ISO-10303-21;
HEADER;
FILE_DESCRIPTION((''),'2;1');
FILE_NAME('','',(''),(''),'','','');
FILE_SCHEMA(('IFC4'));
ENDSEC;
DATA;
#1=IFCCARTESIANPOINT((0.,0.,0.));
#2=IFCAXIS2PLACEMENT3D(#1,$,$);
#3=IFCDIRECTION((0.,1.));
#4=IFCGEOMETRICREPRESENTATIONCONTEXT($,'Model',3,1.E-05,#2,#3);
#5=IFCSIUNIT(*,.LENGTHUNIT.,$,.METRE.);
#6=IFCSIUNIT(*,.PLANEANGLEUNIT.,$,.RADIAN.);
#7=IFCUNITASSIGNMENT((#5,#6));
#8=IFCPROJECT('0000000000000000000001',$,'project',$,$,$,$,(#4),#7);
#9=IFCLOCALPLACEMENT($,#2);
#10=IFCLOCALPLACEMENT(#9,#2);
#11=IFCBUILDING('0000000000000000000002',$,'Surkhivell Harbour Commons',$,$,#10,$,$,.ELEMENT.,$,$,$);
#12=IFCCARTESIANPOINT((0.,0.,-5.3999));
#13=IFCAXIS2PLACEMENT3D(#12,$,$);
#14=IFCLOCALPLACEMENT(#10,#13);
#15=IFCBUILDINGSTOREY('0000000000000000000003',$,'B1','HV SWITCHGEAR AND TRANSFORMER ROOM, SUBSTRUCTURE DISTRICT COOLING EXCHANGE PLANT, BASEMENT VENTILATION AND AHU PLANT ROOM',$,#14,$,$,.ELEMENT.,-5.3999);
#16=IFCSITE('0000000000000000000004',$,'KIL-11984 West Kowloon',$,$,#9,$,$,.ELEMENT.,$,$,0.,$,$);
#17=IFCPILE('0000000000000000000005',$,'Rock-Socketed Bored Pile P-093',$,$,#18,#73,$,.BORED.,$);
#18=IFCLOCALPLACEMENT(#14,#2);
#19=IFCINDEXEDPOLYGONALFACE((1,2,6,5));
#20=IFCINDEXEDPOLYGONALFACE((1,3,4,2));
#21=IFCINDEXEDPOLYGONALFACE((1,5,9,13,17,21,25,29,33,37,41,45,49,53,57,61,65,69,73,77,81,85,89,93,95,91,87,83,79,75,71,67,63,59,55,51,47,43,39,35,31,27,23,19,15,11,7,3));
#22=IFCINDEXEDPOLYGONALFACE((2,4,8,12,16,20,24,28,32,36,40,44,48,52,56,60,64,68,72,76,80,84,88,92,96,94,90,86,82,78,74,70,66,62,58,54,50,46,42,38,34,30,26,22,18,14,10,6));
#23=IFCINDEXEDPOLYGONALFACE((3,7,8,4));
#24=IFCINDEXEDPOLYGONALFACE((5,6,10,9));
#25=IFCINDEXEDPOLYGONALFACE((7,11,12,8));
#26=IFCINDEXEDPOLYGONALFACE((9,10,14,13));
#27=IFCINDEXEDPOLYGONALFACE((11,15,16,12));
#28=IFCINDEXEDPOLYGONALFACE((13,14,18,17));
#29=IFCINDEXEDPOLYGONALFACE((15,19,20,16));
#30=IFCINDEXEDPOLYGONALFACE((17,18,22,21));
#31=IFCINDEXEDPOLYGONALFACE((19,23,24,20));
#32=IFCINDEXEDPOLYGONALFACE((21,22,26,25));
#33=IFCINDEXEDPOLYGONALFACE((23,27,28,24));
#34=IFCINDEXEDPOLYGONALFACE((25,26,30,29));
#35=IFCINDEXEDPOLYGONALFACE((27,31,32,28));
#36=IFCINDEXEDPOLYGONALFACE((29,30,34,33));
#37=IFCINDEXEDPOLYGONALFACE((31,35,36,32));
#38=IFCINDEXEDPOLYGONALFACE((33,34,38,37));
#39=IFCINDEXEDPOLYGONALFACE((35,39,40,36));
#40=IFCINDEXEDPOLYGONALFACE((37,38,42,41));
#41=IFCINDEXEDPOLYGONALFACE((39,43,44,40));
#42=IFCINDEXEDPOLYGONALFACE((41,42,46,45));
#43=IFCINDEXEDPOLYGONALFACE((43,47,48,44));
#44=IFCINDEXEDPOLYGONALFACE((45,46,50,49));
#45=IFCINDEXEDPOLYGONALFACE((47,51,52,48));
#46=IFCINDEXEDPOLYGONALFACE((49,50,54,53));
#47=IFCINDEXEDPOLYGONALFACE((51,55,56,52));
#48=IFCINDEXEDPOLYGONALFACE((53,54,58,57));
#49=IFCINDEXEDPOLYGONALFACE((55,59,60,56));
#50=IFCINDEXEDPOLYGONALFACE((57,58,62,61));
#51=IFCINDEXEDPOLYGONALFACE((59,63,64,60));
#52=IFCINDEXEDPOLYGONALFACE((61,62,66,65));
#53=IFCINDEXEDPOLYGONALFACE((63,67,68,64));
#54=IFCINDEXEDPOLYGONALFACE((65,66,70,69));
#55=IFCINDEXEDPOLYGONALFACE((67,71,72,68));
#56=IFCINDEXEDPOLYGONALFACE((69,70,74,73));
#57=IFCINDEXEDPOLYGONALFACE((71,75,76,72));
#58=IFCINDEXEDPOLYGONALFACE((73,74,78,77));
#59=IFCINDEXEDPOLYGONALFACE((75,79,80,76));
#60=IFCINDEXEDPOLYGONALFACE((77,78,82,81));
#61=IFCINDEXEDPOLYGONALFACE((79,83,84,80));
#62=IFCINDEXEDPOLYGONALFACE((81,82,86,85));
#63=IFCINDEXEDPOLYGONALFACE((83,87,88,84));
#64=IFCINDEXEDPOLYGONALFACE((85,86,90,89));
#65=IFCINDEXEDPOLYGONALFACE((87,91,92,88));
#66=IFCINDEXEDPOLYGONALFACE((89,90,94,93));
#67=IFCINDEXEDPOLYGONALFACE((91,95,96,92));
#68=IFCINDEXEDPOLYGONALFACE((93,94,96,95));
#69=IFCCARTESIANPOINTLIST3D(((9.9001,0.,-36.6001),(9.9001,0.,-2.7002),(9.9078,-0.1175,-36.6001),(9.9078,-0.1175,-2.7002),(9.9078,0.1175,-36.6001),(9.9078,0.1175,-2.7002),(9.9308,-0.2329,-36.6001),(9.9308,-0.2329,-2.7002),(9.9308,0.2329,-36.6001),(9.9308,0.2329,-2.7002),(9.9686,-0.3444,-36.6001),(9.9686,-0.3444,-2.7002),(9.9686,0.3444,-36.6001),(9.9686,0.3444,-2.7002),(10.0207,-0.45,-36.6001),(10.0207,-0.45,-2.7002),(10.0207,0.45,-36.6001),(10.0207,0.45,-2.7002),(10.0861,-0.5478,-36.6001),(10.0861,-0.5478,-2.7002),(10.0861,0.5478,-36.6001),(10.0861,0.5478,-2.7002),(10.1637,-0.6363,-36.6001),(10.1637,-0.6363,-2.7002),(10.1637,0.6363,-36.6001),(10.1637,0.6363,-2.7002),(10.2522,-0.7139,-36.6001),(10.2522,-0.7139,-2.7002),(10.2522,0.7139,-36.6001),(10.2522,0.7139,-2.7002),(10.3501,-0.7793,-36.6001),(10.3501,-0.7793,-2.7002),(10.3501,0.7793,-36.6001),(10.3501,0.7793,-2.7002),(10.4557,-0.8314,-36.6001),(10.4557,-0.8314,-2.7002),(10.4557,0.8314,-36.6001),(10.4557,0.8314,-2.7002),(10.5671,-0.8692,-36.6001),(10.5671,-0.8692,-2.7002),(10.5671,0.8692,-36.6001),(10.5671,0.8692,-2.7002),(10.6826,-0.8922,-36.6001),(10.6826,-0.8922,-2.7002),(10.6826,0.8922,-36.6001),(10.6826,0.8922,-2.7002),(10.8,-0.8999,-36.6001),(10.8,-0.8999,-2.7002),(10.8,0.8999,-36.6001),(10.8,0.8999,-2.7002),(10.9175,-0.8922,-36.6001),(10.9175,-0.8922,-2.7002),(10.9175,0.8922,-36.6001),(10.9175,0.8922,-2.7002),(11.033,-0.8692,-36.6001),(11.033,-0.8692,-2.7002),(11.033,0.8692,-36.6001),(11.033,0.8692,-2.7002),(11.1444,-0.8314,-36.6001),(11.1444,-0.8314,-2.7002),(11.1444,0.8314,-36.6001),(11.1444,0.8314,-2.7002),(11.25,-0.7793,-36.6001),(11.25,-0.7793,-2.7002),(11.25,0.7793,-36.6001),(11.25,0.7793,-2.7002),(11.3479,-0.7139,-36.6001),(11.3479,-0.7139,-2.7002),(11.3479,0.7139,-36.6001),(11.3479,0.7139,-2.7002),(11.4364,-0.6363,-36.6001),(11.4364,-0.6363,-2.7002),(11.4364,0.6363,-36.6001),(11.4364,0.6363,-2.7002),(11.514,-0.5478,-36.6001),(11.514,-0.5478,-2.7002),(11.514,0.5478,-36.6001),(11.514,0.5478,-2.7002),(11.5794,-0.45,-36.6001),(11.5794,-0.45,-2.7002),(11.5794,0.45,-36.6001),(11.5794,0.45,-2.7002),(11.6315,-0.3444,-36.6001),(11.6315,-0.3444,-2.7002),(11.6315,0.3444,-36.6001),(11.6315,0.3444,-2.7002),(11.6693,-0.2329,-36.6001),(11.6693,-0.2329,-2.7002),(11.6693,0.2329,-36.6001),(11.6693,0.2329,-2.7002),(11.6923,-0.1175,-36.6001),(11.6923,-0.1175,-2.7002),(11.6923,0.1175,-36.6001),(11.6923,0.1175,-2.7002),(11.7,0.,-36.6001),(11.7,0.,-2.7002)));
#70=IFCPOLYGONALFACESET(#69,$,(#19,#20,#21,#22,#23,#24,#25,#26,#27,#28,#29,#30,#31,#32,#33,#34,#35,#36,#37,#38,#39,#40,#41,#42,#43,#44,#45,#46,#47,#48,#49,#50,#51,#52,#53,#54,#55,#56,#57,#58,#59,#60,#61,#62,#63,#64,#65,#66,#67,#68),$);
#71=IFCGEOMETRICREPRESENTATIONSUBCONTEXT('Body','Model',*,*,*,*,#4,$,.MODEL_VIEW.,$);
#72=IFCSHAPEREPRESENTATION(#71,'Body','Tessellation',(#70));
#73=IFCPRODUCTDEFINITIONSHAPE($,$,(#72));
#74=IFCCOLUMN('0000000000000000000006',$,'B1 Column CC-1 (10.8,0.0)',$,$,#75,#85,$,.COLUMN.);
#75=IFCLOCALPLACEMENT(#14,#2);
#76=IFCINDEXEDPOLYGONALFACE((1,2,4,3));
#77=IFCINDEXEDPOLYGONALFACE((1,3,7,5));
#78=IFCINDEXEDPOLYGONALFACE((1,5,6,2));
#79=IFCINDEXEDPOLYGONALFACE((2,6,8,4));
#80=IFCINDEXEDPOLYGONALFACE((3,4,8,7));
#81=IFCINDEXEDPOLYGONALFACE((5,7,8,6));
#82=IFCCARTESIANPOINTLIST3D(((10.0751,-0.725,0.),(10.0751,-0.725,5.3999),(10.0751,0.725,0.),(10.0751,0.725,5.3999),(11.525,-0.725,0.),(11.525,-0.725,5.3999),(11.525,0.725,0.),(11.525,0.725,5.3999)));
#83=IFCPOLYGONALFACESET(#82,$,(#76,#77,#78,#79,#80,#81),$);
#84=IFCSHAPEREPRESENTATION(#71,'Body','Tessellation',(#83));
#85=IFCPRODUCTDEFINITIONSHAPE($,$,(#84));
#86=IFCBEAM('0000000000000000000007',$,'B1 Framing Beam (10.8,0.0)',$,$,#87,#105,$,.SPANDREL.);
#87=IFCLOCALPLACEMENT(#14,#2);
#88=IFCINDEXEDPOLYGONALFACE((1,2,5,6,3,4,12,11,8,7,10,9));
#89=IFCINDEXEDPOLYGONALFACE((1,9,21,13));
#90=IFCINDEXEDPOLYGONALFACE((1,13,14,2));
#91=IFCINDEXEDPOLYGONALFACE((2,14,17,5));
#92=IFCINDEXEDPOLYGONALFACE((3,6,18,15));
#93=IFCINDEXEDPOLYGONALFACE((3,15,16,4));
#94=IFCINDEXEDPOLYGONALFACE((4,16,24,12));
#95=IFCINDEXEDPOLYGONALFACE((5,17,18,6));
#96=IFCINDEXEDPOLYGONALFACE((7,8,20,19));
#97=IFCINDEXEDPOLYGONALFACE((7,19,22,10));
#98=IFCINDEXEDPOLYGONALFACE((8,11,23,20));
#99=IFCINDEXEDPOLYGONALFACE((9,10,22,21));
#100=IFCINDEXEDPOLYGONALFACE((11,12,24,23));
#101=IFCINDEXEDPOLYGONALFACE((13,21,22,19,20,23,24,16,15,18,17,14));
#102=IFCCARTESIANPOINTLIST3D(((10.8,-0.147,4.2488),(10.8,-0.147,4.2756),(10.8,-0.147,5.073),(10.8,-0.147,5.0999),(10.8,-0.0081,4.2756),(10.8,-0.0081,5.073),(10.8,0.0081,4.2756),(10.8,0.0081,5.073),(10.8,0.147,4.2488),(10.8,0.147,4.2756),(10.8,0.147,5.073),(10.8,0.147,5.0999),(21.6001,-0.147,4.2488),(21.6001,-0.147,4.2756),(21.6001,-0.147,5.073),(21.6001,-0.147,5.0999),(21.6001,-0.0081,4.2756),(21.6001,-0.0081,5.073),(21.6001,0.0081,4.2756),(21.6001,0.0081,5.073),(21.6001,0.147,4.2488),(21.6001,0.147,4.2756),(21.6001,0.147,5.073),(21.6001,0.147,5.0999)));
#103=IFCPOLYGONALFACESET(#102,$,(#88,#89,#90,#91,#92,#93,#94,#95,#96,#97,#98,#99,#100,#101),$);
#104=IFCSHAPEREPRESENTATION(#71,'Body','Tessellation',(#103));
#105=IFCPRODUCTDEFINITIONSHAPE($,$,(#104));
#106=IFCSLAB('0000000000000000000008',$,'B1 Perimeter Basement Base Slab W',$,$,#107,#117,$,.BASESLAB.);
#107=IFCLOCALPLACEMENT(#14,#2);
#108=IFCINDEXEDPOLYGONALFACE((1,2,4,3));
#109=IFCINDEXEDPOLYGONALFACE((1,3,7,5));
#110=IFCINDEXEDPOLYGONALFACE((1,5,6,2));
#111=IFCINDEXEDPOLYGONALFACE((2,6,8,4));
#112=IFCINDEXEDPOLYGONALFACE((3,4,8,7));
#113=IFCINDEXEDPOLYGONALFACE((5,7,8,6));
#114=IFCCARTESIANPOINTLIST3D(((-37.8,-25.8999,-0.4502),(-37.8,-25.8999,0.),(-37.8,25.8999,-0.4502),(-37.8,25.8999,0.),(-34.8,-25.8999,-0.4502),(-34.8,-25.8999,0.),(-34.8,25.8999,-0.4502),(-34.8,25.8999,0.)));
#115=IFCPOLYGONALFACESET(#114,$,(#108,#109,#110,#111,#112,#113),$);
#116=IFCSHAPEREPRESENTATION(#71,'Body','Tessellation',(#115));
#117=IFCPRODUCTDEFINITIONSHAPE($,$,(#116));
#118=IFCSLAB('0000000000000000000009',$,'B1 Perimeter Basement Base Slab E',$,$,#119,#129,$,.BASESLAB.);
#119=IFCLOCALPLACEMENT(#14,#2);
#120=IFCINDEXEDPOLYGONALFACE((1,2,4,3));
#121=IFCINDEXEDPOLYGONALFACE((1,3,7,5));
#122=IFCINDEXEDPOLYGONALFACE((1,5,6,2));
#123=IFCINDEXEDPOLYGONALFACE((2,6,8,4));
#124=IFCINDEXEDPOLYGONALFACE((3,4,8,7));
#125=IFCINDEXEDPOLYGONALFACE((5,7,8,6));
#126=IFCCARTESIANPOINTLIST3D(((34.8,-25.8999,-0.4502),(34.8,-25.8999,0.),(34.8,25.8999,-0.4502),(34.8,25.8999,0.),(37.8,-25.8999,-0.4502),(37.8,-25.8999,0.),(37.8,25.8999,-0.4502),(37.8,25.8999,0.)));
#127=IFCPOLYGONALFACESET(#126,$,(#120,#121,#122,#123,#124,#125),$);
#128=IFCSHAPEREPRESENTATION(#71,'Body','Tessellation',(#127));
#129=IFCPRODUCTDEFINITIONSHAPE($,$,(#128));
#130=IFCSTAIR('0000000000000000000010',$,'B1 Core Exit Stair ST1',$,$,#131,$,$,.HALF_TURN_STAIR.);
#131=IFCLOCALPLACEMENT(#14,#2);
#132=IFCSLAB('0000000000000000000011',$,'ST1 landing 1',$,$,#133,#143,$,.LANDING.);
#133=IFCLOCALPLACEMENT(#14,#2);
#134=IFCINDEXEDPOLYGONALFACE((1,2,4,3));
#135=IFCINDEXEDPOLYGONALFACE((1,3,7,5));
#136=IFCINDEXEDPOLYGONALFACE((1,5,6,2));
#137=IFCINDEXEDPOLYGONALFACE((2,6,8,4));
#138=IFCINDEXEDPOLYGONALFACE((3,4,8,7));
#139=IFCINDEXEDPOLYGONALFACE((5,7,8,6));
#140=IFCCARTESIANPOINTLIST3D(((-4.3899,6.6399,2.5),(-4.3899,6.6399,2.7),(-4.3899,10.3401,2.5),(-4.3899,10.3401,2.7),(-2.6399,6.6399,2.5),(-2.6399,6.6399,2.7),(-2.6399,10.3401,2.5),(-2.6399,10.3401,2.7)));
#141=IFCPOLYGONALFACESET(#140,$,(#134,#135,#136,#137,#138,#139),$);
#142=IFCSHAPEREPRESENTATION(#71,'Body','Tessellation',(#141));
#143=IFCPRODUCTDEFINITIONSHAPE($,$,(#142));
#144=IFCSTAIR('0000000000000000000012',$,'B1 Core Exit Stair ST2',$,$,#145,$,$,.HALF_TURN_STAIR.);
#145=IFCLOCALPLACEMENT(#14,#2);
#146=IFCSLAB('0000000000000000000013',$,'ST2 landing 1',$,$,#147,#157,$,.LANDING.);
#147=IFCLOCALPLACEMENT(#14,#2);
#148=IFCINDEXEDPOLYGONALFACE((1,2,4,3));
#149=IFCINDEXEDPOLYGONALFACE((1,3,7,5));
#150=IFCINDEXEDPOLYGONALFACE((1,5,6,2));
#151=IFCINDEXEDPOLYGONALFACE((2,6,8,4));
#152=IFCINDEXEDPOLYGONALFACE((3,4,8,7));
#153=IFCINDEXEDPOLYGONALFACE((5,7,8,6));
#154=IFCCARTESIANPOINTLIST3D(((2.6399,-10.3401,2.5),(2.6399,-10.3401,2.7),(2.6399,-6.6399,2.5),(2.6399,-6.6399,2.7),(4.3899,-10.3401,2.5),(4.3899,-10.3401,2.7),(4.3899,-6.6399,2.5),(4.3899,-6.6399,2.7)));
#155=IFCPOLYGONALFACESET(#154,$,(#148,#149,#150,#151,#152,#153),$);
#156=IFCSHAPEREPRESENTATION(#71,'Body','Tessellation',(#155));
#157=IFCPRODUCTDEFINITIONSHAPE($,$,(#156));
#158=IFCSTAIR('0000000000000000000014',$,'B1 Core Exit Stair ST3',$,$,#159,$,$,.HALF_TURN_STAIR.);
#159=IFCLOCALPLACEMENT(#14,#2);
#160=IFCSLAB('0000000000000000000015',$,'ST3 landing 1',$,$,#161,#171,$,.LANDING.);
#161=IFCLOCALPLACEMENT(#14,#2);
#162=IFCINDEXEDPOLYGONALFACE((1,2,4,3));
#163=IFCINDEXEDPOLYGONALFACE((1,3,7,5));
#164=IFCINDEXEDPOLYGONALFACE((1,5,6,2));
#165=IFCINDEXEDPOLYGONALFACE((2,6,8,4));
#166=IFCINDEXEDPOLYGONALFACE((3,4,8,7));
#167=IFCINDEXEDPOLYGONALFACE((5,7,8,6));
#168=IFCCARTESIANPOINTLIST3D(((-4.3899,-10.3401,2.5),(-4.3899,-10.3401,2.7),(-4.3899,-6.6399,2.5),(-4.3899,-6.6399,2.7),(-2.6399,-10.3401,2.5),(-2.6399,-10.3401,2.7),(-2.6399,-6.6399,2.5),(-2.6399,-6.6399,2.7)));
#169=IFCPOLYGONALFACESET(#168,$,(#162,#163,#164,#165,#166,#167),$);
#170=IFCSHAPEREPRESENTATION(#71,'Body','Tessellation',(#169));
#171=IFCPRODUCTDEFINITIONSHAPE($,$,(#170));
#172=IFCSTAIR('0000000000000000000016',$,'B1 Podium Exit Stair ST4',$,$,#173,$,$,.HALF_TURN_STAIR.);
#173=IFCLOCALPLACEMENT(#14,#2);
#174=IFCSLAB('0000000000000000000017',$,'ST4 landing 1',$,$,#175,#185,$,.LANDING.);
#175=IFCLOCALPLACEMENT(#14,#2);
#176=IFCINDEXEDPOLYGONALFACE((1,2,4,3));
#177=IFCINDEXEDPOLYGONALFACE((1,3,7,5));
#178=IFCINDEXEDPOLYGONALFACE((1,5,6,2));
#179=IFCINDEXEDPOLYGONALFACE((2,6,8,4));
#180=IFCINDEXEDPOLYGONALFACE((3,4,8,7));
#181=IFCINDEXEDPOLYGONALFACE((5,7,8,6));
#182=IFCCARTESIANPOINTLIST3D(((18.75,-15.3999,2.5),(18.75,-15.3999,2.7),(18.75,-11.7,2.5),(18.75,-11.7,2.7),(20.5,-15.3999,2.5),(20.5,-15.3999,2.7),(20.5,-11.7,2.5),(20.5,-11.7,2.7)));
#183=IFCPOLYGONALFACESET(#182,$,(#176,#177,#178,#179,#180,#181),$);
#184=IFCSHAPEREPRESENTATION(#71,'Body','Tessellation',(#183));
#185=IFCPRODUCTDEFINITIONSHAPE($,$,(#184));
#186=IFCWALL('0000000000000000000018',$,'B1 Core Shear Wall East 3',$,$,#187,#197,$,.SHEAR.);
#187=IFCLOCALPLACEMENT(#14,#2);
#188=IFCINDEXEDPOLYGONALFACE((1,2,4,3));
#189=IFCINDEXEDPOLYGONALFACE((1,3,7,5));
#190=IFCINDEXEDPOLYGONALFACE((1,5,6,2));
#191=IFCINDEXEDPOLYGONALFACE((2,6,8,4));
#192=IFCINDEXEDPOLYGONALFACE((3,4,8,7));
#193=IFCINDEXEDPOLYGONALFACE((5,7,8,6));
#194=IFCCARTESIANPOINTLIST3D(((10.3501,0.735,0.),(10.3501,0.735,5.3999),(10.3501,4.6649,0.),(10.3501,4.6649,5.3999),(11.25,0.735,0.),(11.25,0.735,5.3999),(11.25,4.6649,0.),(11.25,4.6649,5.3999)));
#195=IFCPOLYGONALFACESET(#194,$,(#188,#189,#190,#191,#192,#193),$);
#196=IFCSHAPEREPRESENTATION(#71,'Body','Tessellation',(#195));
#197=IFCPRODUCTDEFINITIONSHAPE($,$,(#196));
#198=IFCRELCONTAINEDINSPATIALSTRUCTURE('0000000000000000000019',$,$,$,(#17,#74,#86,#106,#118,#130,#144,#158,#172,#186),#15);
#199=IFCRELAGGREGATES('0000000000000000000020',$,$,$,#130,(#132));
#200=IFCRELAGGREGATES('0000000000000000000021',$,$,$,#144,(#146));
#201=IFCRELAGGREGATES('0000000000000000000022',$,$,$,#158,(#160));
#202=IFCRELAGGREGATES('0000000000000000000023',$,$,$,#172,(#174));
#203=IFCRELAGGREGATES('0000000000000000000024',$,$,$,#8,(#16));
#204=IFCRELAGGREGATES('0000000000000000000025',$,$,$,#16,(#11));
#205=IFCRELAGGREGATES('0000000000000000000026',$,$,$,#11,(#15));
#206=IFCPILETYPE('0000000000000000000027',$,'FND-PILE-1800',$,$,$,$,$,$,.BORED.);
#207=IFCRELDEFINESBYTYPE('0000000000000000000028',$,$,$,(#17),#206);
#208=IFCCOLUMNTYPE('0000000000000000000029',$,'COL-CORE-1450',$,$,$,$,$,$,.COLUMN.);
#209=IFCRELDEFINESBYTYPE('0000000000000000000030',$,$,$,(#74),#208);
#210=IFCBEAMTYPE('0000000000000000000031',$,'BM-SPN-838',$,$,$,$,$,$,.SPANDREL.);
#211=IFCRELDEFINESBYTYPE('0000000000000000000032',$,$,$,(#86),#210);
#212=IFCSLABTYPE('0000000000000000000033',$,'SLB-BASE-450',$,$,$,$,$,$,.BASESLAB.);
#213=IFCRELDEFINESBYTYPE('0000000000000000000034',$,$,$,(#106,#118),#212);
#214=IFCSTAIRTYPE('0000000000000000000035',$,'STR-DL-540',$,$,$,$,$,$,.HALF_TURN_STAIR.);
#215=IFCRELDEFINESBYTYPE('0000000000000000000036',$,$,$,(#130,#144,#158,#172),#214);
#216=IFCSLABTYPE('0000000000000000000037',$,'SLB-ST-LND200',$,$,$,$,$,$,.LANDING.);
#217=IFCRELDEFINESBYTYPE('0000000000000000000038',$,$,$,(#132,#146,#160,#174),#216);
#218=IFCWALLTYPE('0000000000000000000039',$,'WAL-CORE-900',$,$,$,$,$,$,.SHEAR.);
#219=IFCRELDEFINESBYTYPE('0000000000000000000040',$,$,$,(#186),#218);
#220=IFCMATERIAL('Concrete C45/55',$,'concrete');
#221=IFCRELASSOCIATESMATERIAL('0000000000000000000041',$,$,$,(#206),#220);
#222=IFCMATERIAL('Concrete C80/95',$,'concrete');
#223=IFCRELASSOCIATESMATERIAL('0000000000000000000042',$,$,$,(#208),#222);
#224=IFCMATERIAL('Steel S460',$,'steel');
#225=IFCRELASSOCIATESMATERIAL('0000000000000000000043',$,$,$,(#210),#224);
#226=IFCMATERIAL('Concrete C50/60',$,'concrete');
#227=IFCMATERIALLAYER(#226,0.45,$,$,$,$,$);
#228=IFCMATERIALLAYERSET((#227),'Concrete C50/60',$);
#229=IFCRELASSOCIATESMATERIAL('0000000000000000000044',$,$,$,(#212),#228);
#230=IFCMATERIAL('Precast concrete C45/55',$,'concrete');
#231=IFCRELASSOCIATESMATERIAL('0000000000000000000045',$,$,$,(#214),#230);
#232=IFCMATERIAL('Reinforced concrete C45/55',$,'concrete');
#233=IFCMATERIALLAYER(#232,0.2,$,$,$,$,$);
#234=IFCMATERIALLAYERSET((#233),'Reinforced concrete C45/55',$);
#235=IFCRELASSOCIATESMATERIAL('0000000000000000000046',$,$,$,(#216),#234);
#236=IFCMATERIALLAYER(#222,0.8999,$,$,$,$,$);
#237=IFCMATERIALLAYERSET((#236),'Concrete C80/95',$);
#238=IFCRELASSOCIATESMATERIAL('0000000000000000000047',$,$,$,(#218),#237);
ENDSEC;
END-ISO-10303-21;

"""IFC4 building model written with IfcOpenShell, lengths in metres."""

from ifc_helpers import new_model, si_unit, direction, frame, frame_2d, origin, origin_2d, place, context, subcontext, project, spatial, polyline, rectangle, circle, i_section, outline, extrude, material, layer, layer_set, material_profile, profile_set, type_object, element, aggregate, save


model = new_model("IFC4")

# Units and contexts
model_context = context("Model", 3, precision=1e-05, world=origin(), true_north=direction((0.0, 1.0)))
body_context = subcontext(model_context, "Body", "Model", "MODEL_VIEW")
ifc_project = project(units=[si_unit("LENGTHUNIT", "METRE"), si_unit("PLANEANGLEUNIT", "RADIAN")], contexts=[model_context])

# Site, building, storey
site_placement = place(None, origin())
site = spatial("IfcSite", under=ifc_project, at=site_placement, Name="KIL-11984 West Kowloon", CompositionType="ELEMENT", RefElevation=0.0)
building_placement = place(site_placement, origin())
building = spatial("IfcBuilding", under=site, at=building_placement, Name="Surkhivell Harbour Commons", CompositionType="ELEMENT")
storey_placement = place(building_placement, frame((0.0, 0.0, -5.3999)))
storey = spatial("IfcBuildingStorey", under=building, at=storey_placement, Name="B1", Description="HV SWITCHGEAR AND TRANSFORMER ROOM, SUBSTRUCTURE DISTRICT COOLING EXCHANGE PLANT, BASEMENT VENTILATION AND AHU PLANT ROOM", CompositionType="ELEMENT", Elevation=-5.3999)

# Pile
ifc_material_1 = material(Name="Concrete C45/55", Category="concrete")
ifc_material_profile_1 = material_profile(ifc_material_1, circle(Radius=0.8999, at=origin_2d()), Name="PILE-1800")
ifc_profile_set_1 = profile_set([ifc_material_profile_1], Name="Concrete C45/55")
pile_type_1 = type_object("IfcPileType", Name="FND-PILE-1800", PredefinedType="BORED", material=ifc_profile_set_1)
for number, where, z_axis, x_axis, name in (
    (1, (10.8, 0.0, -2.7002), (0.0, 0.0, -1.0), (1.0, 0.0, 0.0), "Rock-Socketed Bored Pile P-093"),
):
    element("IfcPile", number, at=place(storey_placement, frame(where, z_axis=z_axis, x_axis=x_axis)), inside=storey, type_object=pile_type_1, Name=name, PredefinedType="BORED", context=body_context, shape_type="SweptSolid", body=[
        extrude(circle(Radius=0.8999, at=origin_2d()), origin(), (0.0, 0.0, 1.0), 33.8999),
    ])

# Column
ifc_material_2 = material(Name="Concrete C80/95", Category="concrete")
ifc_material_profile_2 = material_profile(ifc_material_2, rectangle(XDim=1.45, YDim=1.45, at=origin_2d()), Name="RC-COL-1450x1450")
ifc_profile_set_2 = profile_set([ifc_material_profile_2], Name="Concrete C80/95")
column_type = type_object("IfcColumnType", Name="COL-CORE-1450", PredefinedType="COLUMN", material=ifc_profile_set_2)
column_placement = place(storey_placement, frame((10.8, 0.0, 0.0), z_axis=(0.0, 0.0, 1.0), x_axis=(1.0, 0.0, 0.0)))
element("IfcColumn", 2, at=column_placement, inside=storey, type_object=column_type, Name="B1 Column CC-1 (10.8,0.0)", PredefinedType="COLUMN", context=body_context, shape_type="SweptSolid", body=[
    extrude(rectangle(XDim=1.45, YDim=1.45, at=origin_2d()), origin(), (0.0, 0.0, 1.0), 5.3999),
])

# Beam
ifc_material_3 = material(Name="Steel S460", Category="steel")
ifc_material_profile_3 = material_profile(ifc_material_3, i_section(OverallWidth=0.2939, OverallDepth=0.8511, WebThickness=0.0161, FlangeThickness=0.0269, at=origin_2d()), Name="UB838x292x226")
ifc_profile_set_3 = profile_set([ifc_material_profile_3], Name="Steel S460")
beam_type = type_object("IfcBeamType", Name="BM-SPN-838", PredefinedType="SPANDREL", material=ifc_profile_set_3)
beam_placement = place(storey_placement, frame((10.8, 0.0, 4.6743), z_axis=(1.0, 0.0, 0.0), x_axis=(0.0, 1.0, 0.0)))
element("IfcBeam", 3, at=beam_placement, inside=storey, type_object=beam_type, Name="B1 Framing Beam (10.8,0.0)", PredefinedType="SPANDREL", context=body_context, shape_type="SweptSolid", body=[
    extrude(i_section(OverallWidth=0.2939, OverallDepth=0.8511, WebThickness=0.0161, FlangeThickness=0.0269, at=origin_2d()), origin(), (0.0, 0.0, 1.0), 10.8),
])

# Slabs
ifc_material_4 = material(Name="Concrete C50/60", Category="concrete")
ifc_layer_1 = layer(ifc_material_4, 0.45)
ifc_layer_set_1 = layer_set([ifc_layer_1], Name="Concrete C50/60")
slab_type_1 = type_object("IfcSlabType", Name="SLB-BASE-450", PredefinedType="BASESLAB", material=ifc_layer_set_1)
slab_1_placement = place(storey_placement, frame((0.0, 0.0, -0.4502)))
element("IfcSlab", 4, at=slab_1_placement, inside=storey, type_object=slab_type_1, Name="B1 Perimeter Basement Base Slab W", PredefinedType="BASESLAB", context=body_context, shape_type="SweptSolid", body=[
    extrude(outline(polyline([(-37.8, -25.8999), (-34.8, -25.8999), (-34.8, 25.8999), (-37.8, 25.8999), (-37.8, -25.8999)])), origin(), (0.0, 0.0, 1.0), 0.4502),
])
slab_2_placement = place(storey_placement, frame((0.0, 0.0, -0.4502)))
element("IfcSlab", 5, at=slab_2_placement, inside=storey, type_object=slab_type_1, Name="B1 Perimeter Basement Base Slab E", PredefinedType="BASESLAB", context=body_context, shape_type="SweptSolid", body=[
    extrude(outline(polyline([(34.8, -25.8999), (37.8, -25.8999), (37.8, 25.8999), (34.8, 25.8999), (34.8, -25.8999)])), origin(), (0.0, 0.0, 1.0), 0.4502),
])

# Stairs, slabs
ifc_material_5 = material(Name="Precast concrete C45/55", Category="concrete")
stair_type = type_object("IfcStairType", Name="STR-DL-540", PredefinedType="HALF_TURN_STAIR", material=ifc_material_5)
stair_1_placement = place(storey_placement, origin())
stair_1 = element("IfcStair", 6, at=stair_1_placement, inside=storey, type_object=stair_type, Name="B1 Core Exit Stair ST1", PredefinedType="HALF_TURN_STAIR")
ifc_material_6 = material(Name="Reinforced concrete C45/55", Category="concrete")
ifc_layer_2 = layer(ifc_material_6, 0.2)
ifc_layer_set_2 = layer_set([ifc_layer_2], Name="Reinforced concrete C45/55")
slab_type_2 = type_object("IfcSlabType", Name="SLB-ST-LND200", PredefinedType="LANDING", material=ifc_layer_set_2)
slab_3_placement = place(storey_placement, frame((0.0, 0.0, 2.5)))
slab_3 = element("IfcSlab", 7, at=slab_3_placement, type_object=slab_type_2, Name="ST1 landing 1", PredefinedType="LANDING", context=body_context, shape_type="SweptSolid", body=[
    extrude(outline(polyline([(-4.3899, 6.6399), (-2.6399, 6.6399), (-2.6399, 10.3401), (-4.3899, 10.3401), (-4.3899, 6.6399)])), origin(), (0.0, 0.0, 1.0), 0.2),
])
aggregate(stair_1, [slab_3])
stair_2_placement = place(storey_placement, origin())
stair_2 = element("IfcStair", 8, at=stair_2_placement, inside=storey, type_object=stair_type, Name="B1 Core Exit Stair ST2", PredefinedType="HALF_TURN_STAIR")
slab_4_placement = place(storey_placement, frame((0.0, 0.0, 2.5)))
slab_4 = element("IfcSlab", 9, at=slab_4_placement, type_object=slab_type_2, Name="ST2 landing 1", PredefinedType="LANDING", context=body_context, shape_type="SweptSolid", body=[
    extrude(outline(polyline([(4.3899, -6.6399), (2.6399, -6.6399), (2.6399, -10.3401), (4.3899, -10.3401), (4.3899, -6.6399)])), origin(), (0.0, 0.0, 1.0), 0.2),
])
aggregate(stair_2, [slab_4])
stair_3_placement = place(storey_placement, origin())
stair_3 = element("IfcStair", 10, at=stair_3_placement, inside=storey, type_object=stair_type, Name="B1 Core Exit Stair ST3", PredefinedType="HALF_TURN_STAIR")
slab_5_placement = place(storey_placement, frame((0.0, 0.0, 2.5)))
slab_5 = element("IfcSlab", 11, at=slab_5_placement, type_object=slab_type_2, Name="ST3 landing 1", PredefinedType="LANDING", context=body_context, shape_type="SweptSolid", body=[
    extrude(outline(polyline([(-4.3899, -10.3401), (-2.6399, -10.3401), (-2.6399, -6.6399), (-4.3899, -6.6399), (-4.3899, -10.3401)])), origin(), (0.0, 0.0, 1.0), 0.2),
])
aggregate(stair_3, [slab_5])
stair_4_placement = place(storey_placement, origin())
stair_4 = element("IfcStair", 12, at=stair_4_placement, inside=storey, type_object=stair_type, Name="B1 Podium Exit Stair ST4", PredefinedType="HALF_TURN_STAIR")
slab_6_placement = place(storey_placement, frame((0.0, 0.0, 2.5)))
slab_6 = element("IfcSlab", 13, at=slab_6_placement, type_object=slab_type_2, Name="ST4 landing 1", PredefinedType="LANDING", context=body_context, shape_type="SweptSolid", body=[
    extrude(outline(polyline([(18.75, -15.3999), (20.5, -15.3999), (20.5, -11.7), (18.75, -11.7), (18.75, -15.3999)])), origin(), (0.0, 0.0, 1.0), 0.2),
])
aggregate(stair_4, [slab_6])

# Wall
ifc_layer_3 = layer(ifc_material_2, 0.8999)
ifc_layer_set_3 = layer_set([ifc_layer_3], Name="Concrete C80/95")
wall_type_1 = type_object("IfcWallType", Name="WAL-CORE-900", PredefinedType="SHEAR", material=ifc_layer_set_3)
wall_1_placement = place(storey_placement, frame((10.8, 0.7351, 0.0), z_axis=(0.0, 0.0, 1.0), x_axis=(0.0, 1.0, 0.0)))
element("IfcWall", 14, at=wall_1_placement, inside=storey, type_object=wall_type_1, Name="B1 Core Shear Wall East 3", PredefinedType="SHEAR", context=body_context, shape_type="SweptSolid", body=[
    extrude(rectangle(XDim=3.9299, YDim=0.8999, at=frame_2d((1.9648, 0.0))), origin(), (0.0, 0.0, 1.0), 5.3999),
])

save(model, "model.ifc")
